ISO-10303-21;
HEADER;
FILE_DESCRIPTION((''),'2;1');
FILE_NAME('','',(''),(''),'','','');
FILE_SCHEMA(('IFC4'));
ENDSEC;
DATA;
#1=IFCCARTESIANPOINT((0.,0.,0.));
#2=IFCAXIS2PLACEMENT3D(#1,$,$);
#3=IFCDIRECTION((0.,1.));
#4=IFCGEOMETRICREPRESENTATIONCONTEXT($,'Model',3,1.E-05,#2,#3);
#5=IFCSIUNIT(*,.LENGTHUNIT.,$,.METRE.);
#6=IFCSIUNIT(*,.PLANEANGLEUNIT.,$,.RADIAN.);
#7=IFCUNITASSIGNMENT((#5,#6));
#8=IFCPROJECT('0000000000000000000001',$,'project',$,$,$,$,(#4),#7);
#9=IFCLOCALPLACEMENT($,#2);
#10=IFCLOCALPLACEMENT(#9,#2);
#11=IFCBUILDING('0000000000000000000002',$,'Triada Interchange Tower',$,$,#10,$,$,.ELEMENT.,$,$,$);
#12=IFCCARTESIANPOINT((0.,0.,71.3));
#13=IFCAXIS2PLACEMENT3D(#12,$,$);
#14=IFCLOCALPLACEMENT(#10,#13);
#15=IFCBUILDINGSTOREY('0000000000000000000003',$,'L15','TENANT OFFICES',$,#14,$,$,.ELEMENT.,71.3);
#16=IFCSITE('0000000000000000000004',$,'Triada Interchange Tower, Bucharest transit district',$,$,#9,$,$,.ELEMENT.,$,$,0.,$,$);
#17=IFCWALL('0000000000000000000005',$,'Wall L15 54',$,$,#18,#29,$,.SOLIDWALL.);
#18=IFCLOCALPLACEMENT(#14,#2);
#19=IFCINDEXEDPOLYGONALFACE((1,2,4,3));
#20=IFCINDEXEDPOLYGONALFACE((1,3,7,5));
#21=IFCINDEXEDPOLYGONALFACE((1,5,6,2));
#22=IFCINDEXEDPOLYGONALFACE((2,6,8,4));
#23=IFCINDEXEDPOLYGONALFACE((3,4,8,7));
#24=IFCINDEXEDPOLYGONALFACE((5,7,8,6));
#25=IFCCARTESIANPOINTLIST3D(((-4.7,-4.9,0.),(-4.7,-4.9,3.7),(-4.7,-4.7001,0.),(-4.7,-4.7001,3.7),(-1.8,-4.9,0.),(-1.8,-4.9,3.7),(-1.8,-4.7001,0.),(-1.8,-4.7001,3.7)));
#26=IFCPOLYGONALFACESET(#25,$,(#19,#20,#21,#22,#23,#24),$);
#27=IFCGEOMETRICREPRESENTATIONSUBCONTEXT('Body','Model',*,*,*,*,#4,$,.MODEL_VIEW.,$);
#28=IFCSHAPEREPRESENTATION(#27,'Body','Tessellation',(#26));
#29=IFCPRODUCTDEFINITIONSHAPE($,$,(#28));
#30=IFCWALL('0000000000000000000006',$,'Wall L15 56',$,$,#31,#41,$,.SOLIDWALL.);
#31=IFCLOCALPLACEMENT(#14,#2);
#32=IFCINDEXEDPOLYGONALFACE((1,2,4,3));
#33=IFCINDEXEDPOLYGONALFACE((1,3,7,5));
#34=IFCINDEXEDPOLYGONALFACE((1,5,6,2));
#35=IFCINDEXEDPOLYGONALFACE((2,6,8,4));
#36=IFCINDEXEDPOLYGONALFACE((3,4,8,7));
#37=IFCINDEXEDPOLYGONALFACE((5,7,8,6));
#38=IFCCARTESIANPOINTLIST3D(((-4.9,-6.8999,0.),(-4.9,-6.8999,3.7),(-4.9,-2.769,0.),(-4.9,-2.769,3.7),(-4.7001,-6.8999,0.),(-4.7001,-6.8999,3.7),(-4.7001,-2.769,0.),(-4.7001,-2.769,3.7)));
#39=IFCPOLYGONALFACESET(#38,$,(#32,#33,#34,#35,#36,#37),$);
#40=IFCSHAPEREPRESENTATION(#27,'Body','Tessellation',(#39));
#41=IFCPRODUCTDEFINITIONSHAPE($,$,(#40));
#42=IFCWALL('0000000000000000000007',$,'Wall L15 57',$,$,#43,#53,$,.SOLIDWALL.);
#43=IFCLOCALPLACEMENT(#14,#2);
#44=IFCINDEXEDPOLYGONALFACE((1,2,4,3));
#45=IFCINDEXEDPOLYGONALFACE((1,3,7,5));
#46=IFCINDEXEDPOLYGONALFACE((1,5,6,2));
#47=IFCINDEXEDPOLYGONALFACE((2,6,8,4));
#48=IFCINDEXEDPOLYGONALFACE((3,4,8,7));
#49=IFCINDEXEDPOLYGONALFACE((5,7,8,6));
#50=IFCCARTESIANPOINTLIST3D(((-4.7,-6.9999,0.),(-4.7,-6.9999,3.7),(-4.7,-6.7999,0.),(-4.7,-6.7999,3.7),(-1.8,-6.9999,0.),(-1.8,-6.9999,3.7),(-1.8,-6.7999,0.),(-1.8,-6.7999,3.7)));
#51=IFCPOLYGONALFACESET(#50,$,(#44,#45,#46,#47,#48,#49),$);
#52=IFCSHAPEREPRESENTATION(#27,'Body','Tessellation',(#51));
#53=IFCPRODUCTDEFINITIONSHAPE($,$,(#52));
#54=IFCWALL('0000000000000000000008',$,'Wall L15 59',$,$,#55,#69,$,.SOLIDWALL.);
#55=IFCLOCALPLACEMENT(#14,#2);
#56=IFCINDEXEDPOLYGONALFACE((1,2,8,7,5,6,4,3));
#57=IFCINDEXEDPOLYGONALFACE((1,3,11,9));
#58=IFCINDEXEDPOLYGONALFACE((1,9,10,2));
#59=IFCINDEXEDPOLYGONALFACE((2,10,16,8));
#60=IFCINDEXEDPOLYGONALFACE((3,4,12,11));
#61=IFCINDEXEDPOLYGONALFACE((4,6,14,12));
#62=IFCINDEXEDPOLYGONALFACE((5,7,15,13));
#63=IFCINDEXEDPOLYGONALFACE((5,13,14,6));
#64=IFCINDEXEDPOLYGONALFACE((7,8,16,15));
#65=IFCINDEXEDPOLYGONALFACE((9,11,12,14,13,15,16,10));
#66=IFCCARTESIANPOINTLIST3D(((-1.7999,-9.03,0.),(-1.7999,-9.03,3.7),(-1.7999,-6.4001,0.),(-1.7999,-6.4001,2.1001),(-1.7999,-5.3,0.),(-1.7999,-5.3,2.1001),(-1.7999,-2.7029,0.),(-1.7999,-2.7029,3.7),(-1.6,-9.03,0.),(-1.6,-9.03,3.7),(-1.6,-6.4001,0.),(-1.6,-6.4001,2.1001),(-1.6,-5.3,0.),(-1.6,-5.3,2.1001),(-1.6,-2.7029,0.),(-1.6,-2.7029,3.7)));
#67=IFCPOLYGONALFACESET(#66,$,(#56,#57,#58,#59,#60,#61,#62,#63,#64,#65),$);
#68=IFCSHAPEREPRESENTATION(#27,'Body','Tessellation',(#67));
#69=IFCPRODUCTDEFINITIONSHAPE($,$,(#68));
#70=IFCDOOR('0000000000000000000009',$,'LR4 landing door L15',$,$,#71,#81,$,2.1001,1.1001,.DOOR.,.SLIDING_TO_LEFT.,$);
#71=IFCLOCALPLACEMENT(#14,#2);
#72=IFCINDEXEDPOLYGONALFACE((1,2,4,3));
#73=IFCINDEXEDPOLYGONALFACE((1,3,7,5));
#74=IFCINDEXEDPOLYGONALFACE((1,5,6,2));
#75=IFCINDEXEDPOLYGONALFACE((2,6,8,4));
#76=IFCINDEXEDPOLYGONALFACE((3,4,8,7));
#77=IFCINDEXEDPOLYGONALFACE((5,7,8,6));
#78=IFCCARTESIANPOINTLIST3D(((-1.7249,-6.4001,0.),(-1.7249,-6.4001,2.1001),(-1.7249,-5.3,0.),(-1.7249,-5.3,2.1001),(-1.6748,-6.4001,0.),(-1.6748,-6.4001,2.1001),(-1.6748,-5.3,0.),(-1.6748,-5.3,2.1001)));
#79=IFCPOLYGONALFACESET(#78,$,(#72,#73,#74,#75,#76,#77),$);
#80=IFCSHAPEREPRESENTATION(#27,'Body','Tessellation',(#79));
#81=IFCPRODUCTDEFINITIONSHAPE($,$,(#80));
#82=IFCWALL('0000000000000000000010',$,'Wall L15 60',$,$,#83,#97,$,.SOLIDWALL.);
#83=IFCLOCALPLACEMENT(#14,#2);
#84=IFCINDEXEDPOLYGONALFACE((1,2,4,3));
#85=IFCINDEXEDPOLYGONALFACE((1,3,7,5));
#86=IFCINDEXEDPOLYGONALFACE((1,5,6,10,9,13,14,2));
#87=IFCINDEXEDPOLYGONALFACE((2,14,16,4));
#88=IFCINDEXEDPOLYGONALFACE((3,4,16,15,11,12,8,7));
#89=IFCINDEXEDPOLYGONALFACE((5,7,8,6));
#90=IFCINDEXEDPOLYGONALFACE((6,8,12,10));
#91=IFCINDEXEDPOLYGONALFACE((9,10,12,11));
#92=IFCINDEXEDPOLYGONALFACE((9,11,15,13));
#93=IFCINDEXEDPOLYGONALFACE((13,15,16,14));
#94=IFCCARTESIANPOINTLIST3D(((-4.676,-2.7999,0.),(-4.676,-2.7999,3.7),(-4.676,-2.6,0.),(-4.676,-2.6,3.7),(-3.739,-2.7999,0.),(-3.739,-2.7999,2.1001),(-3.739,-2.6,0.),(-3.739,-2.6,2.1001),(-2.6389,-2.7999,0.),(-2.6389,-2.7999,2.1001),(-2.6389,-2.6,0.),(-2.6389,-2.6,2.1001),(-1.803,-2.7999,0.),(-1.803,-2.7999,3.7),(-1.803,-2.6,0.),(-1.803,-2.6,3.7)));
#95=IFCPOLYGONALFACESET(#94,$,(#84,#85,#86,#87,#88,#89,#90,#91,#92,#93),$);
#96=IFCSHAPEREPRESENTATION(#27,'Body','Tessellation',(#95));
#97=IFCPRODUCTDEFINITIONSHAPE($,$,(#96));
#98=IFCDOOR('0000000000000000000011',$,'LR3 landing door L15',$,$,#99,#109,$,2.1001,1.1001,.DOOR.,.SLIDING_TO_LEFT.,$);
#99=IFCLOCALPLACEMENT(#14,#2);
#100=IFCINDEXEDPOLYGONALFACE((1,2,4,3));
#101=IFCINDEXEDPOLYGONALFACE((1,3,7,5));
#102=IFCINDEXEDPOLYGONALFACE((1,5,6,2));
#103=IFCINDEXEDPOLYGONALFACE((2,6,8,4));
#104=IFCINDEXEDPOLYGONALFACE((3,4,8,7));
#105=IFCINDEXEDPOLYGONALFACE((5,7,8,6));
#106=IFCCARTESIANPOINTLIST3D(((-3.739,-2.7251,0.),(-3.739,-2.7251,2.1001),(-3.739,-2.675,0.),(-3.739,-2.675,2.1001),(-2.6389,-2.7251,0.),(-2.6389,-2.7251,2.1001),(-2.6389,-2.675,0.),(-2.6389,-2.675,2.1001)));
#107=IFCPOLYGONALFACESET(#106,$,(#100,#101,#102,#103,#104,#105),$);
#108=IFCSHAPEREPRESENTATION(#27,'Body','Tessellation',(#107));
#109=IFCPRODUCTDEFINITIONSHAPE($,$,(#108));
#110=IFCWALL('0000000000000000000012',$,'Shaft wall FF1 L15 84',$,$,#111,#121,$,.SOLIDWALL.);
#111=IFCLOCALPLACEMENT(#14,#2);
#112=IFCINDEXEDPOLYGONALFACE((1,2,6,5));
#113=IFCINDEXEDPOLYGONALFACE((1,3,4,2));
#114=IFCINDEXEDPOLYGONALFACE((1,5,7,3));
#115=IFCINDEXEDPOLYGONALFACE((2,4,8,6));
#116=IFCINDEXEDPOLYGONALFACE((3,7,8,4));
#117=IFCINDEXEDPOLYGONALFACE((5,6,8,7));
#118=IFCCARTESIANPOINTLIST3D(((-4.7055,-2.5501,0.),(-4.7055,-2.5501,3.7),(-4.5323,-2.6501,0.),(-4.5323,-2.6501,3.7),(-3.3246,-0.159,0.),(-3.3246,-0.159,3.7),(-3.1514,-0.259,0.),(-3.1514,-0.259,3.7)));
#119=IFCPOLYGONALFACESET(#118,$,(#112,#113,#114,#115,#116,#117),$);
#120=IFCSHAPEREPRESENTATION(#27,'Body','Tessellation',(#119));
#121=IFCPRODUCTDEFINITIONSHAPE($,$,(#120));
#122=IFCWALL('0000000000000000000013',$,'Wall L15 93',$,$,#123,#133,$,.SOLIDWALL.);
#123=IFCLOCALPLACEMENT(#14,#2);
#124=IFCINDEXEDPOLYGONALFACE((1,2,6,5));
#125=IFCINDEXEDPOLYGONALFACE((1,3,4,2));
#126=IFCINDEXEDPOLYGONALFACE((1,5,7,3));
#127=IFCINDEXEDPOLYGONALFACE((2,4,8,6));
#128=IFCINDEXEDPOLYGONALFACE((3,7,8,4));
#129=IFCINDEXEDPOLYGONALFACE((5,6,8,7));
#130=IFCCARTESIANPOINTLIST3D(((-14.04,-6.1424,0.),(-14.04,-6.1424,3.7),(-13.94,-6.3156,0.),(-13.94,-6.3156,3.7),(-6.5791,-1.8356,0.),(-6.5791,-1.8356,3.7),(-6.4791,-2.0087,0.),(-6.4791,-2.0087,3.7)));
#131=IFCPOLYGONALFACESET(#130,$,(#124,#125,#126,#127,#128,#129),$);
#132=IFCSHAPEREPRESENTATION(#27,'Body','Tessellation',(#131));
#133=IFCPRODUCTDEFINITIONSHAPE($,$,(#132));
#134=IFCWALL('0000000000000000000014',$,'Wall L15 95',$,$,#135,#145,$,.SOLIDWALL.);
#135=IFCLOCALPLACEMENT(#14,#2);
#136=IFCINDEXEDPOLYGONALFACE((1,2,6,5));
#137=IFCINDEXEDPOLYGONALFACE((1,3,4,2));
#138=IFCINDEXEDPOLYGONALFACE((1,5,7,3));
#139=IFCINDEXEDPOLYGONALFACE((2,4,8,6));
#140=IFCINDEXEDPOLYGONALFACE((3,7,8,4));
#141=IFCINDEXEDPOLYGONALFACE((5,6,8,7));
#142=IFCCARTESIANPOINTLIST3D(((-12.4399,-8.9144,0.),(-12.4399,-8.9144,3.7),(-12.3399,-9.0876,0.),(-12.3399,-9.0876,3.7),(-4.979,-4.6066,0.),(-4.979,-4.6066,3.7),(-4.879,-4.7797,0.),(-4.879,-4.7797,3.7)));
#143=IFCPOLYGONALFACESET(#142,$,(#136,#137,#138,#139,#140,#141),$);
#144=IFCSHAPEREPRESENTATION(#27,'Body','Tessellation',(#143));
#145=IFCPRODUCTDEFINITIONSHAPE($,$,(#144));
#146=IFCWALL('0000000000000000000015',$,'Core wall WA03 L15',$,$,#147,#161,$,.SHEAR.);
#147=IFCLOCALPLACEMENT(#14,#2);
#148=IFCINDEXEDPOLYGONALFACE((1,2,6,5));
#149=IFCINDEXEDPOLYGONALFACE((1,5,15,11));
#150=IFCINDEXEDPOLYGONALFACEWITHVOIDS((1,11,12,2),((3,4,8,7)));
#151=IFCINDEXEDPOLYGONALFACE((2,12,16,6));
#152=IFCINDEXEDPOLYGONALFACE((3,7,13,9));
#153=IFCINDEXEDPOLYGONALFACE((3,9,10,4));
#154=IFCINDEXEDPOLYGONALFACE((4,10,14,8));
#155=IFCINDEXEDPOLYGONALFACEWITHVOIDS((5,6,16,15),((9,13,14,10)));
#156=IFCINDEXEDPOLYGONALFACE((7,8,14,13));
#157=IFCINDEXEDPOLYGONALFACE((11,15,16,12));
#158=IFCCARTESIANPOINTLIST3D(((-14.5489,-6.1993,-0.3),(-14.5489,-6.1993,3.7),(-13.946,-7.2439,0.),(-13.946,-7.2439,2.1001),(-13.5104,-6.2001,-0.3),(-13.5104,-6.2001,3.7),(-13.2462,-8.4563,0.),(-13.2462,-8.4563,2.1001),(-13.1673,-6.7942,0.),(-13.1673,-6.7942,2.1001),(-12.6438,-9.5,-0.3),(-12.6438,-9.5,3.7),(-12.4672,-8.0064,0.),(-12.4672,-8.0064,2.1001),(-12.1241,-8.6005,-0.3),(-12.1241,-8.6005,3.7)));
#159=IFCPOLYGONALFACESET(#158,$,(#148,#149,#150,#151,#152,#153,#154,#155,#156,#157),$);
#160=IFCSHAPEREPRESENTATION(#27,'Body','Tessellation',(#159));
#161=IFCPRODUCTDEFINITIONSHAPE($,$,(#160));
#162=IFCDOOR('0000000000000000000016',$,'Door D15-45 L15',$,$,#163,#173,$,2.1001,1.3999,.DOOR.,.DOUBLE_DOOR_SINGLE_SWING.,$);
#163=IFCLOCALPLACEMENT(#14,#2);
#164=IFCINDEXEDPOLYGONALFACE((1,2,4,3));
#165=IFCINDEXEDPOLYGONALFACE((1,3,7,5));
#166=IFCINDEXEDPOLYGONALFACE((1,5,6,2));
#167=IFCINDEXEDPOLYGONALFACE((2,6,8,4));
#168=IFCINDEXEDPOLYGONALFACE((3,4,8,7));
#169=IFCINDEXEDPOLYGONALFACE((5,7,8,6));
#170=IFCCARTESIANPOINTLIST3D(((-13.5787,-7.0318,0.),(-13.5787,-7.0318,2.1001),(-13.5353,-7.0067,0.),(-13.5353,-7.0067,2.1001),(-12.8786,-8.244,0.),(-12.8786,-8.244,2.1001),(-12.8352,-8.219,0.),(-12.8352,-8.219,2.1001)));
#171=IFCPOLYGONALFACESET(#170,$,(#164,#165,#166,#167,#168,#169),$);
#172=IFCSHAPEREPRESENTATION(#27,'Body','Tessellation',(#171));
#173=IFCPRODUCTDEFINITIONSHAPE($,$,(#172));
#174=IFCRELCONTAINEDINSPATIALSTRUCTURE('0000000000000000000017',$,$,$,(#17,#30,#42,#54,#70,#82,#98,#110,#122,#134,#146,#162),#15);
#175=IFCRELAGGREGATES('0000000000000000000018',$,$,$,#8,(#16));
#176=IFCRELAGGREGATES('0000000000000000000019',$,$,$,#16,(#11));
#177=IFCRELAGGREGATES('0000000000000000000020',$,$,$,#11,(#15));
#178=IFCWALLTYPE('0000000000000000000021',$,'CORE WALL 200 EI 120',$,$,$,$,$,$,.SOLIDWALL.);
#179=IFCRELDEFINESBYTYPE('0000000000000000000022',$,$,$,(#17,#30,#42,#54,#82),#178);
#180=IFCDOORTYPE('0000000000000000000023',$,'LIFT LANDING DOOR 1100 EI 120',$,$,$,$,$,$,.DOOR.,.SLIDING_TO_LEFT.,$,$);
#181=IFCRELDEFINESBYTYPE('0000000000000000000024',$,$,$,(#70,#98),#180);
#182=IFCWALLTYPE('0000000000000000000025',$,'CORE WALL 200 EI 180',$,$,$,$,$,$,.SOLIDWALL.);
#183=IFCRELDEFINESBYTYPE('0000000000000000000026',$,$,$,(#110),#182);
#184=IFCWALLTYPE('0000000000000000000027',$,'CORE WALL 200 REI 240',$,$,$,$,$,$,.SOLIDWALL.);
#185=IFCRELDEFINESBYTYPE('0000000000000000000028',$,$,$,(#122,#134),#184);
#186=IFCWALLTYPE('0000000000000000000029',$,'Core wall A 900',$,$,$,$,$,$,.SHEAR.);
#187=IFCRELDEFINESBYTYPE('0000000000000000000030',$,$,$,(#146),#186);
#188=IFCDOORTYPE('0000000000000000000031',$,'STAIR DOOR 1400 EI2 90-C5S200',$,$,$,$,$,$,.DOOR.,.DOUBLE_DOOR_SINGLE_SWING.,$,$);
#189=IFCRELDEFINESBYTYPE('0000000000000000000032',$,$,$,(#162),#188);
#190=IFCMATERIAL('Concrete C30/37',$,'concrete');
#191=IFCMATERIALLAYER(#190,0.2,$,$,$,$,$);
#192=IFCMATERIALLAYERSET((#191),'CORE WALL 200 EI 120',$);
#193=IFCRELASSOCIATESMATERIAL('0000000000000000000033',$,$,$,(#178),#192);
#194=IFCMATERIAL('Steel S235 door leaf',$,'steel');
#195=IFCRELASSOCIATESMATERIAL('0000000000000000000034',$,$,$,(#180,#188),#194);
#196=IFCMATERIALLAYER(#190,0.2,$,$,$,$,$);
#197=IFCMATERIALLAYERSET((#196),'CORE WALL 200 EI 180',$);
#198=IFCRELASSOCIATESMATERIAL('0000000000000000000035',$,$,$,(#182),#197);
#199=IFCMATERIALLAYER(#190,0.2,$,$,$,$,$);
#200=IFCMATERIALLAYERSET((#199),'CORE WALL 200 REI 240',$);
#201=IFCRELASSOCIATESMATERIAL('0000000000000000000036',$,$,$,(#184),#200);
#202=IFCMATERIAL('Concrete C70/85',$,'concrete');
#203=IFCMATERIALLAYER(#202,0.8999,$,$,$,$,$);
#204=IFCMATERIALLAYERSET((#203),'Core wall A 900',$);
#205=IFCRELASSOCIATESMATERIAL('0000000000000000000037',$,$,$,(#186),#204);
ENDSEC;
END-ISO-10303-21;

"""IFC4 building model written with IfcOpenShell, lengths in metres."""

from ifc_helpers import new_model, si_unit, direction, frame, frame_2d, origin, place, context, subcontext, project, spatial, polyline, rectangle, outline, extrude, material, layer, layer_set, type_object, element, fill, save


model = new_model("IFC4")

# Units and contexts
model_context = context("Model", 3, precision=1e-05, world=origin(), true_north=direction((0.0, 1.0)))
body_context = subcontext(model_context, "Body", "Model", "MODEL_VIEW")
ifc_project = project(units=[si_unit("LENGTHUNIT", "METRE"), si_unit("PLANEANGLEUNIT", "RADIAN")], contexts=[model_context])

# Site, building, storey
site_placement = place(None, origin())
site = spatial("IfcSite", under=ifc_project, at=site_placement, Name="Triada Interchange Tower, Bucharest transit district", CompositionType="ELEMENT", RefElevation=0.0)
building_placement = place(site_placement, origin())
building = spatial("IfcBuilding", under=site, at=building_placement, Name="Triada Interchange Tower", CompositionType="ELEMENT")
storey_placement = place(building_placement, frame((0.0, 0.0, 71.3)))
storey = spatial("IfcBuildingStorey", under=building, at=storey_placement, Name="L15", Description="TENANT OFFICES", CompositionType="ELEMENT", Elevation=71.3)

# Walls
ifc_material_1 = material(Name="Concrete C30/37", Category="concrete")
ifc_layer_1 = layer(ifc_material_1, 0.2)
ifc_layer_set_1 = layer_set([ifc_layer_1], Name="CORE WALL 200 EI 120")
wall_type_1 = type_object("IfcWallType", Name="CORE WALL 200 EI 120", PredefinedType="SOLIDWALL", material=ifc_layer_set_1)
wall_1_placement = place(storey_placement, frame((-4.7, -4.8, 0.0), z_axis=(0.0, 0.0, 1.0), x_axis=(1.0, 0.0, 0.0)))
element("IfcWall", 1, at=wall_1_placement, inside=storey, type_object=wall_type_1, Name="Wall L15 54", PredefinedType="SOLIDWALL", context=body_context, shape_type="SweptSolid", body=[
    extrude(rectangle(XDim=2.8999, YDim=0.2, at=frame_2d((1.45, 0.0))), origin(), (0.0, 0.0, 1.0), 3.7),
])
wall_2_placement = place(storey_placement, frame((-4.8, -6.8999, 0.0), z_axis=(0.0, 0.0, 1.0), x_axis=(0.0, 1.0, 0.0)))
element("IfcWall", 2, at=wall_2_placement, inside=storey, type_object=wall_type_1, Name="Wall L15 56", PredefinedType="SOLIDWALL", context=body_context, shape_type="SweptSolid", body=[
    extrude(rectangle(XDim=4.1309, YDim=0.2, at=frame_2d((2.0654, 0.0))), origin(), (0.0, 0.0, 1.0), 3.7),
])
wall_3_placement = place(storey_placement, frame((-4.7, -6.8999, 0.0), z_axis=(0.0, 0.0, 1.0), x_axis=(1.0, 0.0, 0.0)))
element("IfcWall", 3, at=wall_3_placement, inside=storey, type_object=wall_type_1, Name="Wall L15 57", PredefinedType="SOLIDWALL", context=body_context, shape_type="SweptSolid", body=[
    extrude(rectangle(XDim=2.8999, YDim=0.2, at=frame_2d((1.45, 0.0))), origin(), (0.0, 0.0, 1.0), 3.7),
])

# Walls, openings, doors
wall_4_placement = place(storey_placement, frame((-1.7, -9.03, 0.0), z_axis=(0.0, 0.0, 1.0), x_axis=(0.0, 1.0, 0.0)))
wall_4 = element("IfcWall", 4, at=wall_4_placement, inside=storey, type_object=wall_type_1, Name="Wall L15 59", PredefinedType="SOLIDWALL", context=body_context, shape_type="SweptSolid", body=[
    extrude(rectangle(XDim=6.3271, YDim=0.2, at=frame_2d((3.1636, 0.0))), origin(), (0.0, 0.0, 1.0), 3.7),
])
opening_1_placement = place(wall_4_placement, frame((2.6299, 0.0, 0.0)))
opening_1 = element("IfcOpeningElement", 5, at=opening_1_placement, cuts=wall_4, PredefinedType="OPENING", context=body_context, shape_type="SweptSolid", body=[
    extrude(rectangle(XDim=1.1001, YDim=2.1001, at=frame_2d((0.55, 1.05))), frame((0.0, 0.1099, 0.0), z_axis=(0.0, -1.0, 0.0), x_axis=(1.0, 0.0, 0.0)), (0.0, 0.0, 1.0), 0.22),
])
ifc_material_2 = material(Name="Steel S235 door leaf", Category="steel")
door_type_1 = type_object("IfcDoorType", Name="LIFT LANDING DOOR 1100 EI 120", OperationType="SLIDING_TO_LEFT", PredefinedType="DOOR", material=ifc_material_2)
door_1_placement = place(opening_1_placement, origin())
door_1 = element("IfcDoor", 6, at=door_1_placement, inside=storey, type_object=door_type_1, Name="LR4 landing door L15", OperationType="SLIDING_TO_LEFT", OverallHeight=2.1001, OverallWidth=1.1001, PredefinedType="DOOR", context=body_context, shape_type="SweptSolid", body=[
    extrude(rectangle(XDim=1.1001, YDim=2.1001, at=frame_2d((0.55, 1.05))), frame((0.0, 0.0249, 0.0), z_axis=(0.0, -1.0, 0.0), x_axis=(1.0, 0.0, 0.0)), (0.0, 0.0, 1.0), 0.05),
])
fill(opening_1, door_1)
wall_5_placement = place(storey_placement, frame((-4.676, -2.7, 0.0), z_axis=(0.0, 0.0, 1.0), x_axis=(1.0, 0.0, 0.0)))
wall_5 = element("IfcWall", 7, at=wall_5_placement, inside=storey, type_object=wall_type_1, Name="Wall L15 60", PredefinedType="SOLIDWALL", context=body_context, shape_type="SweptSolid", body=[
    extrude(rectangle(XDim=2.873, YDim=0.2, at=frame_2d((1.4365, 0.0))), origin(), (0.0, 0.0, 1.0), 3.7),
])
opening_2_placement = place(wall_5_placement, frame((0.937, 0.0, 0.0)))
opening_2 = element("IfcOpeningElement", 8, at=opening_2_placement, cuts=wall_5, PredefinedType="OPENING", context=body_context, shape_type="SweptSolid", body=[
    extrude(rectangle(XDim=1.1001, YDim=2.1001, at=frame_2d((0.55, 1.05))), frame((0.0, 0.1099, 0.0), z_axis=(0.0, -1.0, 0.0), x_axis=(1.0, 0.0, 0.0)), (0.0, 0.0, 1.0), 0.22),
])
door_2_placement = place(opening_2_placement, origin())
door_2 = element("IfcDoor", 9, at=door_2_placement, inside=storey, type_object=door_type_1, Name="LR3 landing door L15", OperationType="SLIDING_TO_LEFT", OverallHeight=2.1001, OverallWidth=1.1001, PredefinedType="DOOR", context=body_context, shape_type="SweptSolid", body=[
    extrude(rectangle(XDim=1.1001, YDim=2.1001, at=frame_2d((0.55, 1.05))), frame((0.0, 0.0249, 0.0), z_axis=(0.0, -1.0, 0.0), x_axis=(1.0, 0.0, 0.0)), (0.0, 0.0, 1.0), 0.05),
])
fill(opening_2, door_2)

# Walls
ifc_layer_2 = layer(ifc_material_1, 0.2)
ifc_layer_set_2 = layer_set([ifc_layer_2], Name="CORE WALL 200 EI 180")
wall_type_2 = type_object("IfcWallType", Name="CORE WALL 200 EI 180", PredefinedType="SOLIDWALL", material=ifc_layer_set_2)
wall_6_placement = place(storey_placement, frame((-4.6189, -2.6001, 0.0), z_axis=(0.0, 0.0, 1.0), x_axis=(0.500095, 0.865971, 0.0)))
element("IfcWall", 10, at=wall_6_placement, inside=storey, type_object=wall_type_2, Name="Shaft wall FF1 L15 84", PredefinedType="SOLIDWALL", context=body_context, shape_type="SweptSolid", body=[
    extrude(rectangle(XDim=2.7612, YDim=0.2, at=frame_2d((1.3806, 0.0))), origin(), (0.0, 0.0, 1.0), 3.7),
])
ifc_layer_3 = layer(ifc_material_1, 0.2)
ifc_layer_set_3 = layer_set([ifc_layer_3], Name="CORE WALL 200 REI 240")
wall_type_3 = type_object("IfcWallType", Name="CORE WALL 200 REI 240", PredefinedType="SOLIDWALL", material=ifc_layer_set_3)
wall_7_placement = place(storey_placement, frame((-13.99, -6.229, 0.0), z_axis=(0.0, 0.0, 1.0), x_axis=(0.86606, 0.49994, 0.0)))
element("IfcWall", 11, at=wall_7_placement, inside=storey, type_object=wall_type_3, Name="Wall L15 93", PredefinedType="SOLIDWALL", context=body_context, shape_type="SweptSolid", body=[
    extrude(rectangle(XDim=8.6147, YDim=0.2, at=frame_2d((4.3074, 0.0))), origin(), (0.0, 0.0, 1.0), 3.7),
])
wall_8_placement = place(storey_placement, frame((-12.3899, -9.001, 0.0), z_axis=(0.0, 0.0, 1.0), x_axis=(0.866011, 0.500025, 0.0)))
element("IfcWall", 12, at=wall_8_placement, inside=storey, type_object=wall_type_3, Name="Wall L15 95", PredefinedType="SOLIDWALL", context=body_context, shape_type="SweptSolid", body=[
    extrude(rectangle(XDim=8.6152, YDim=0.2, at=frame_2d((4.3076, 0.0))), origin(), (0.0, 0.0, 1.0), 3.7),
])

# Wall, opening, door
ifc_material_3 = material(Name="Concrete C70/85", Category="concrete")
ifc_layer_4 = layer(ifc_material_3, 0.8999)
ifc_layer_set_4 = layer_set([ifc_layer_4], Name="Core wall A 900")
wall_type_4 = type_object("IfcWallType", Name="Core wall A 900", PredefinedType="SHEAR", material=ifc_layer_set_4)
wall_9_placement = place(storey_placement, frame((-14.03, -6.2, -0.3), z_axis=(0.0, 0.0, 1.0), x_axis=(0.500112, -0.865961, 0.0)))
wall_9 = element("IfcWall", 13, at=wall_9_placement, inside=storey, type_object=wall_type_4, Name="Core wall WA03 L15", PredefinedType="SHEAR", context=body_context, shape_type="SweptSolid", body=[
    extrude(outline(polyline([(-0.26, -0.449), (1.6455, -0.4495), (3.551, -0.45), (3.032, 0.45), (1.646, 0.45), (0.26, 0.45), (-0.26, -0.449)])), origin(), (0.0, 0.0, 1.0), 4.0),
])
opening_3_placement = place(wall_9_placement, frame((0.946, 0.0, 0.3)))
opening_3 = element("IfcOpeningElement", 14, at=opening_3_placement, cuts=wall_9, PredefinedType="OPENING", context=body_context, shape_type="SweptSolid", body=[
    extrude(rectangle(XDim=1.3999, YDim=2.1001, at=frame_2d((0.7, 1.05))), frame((0.0, 0.46, 0.0), z_axis=(0.0, -1.0, 0.0), x_axis=(1.0, 0.0, 0.0)), (0.0, 0.0, 1.0), 0.9199),
])
door_type_2 = type_object("IfcDoorType", Name="STAIR DOOR 1400 EI2 90-C5S200", OperationType="DOUBLE_DOOR_SINGLE_SWING", PredefinedType="DOOR", material=ifc_material_2)
door_3_placement = place(opening_3_placement, origin())
door_3 = element("IfcDoor", 15, at=door_3_placement, inside=storey, type_object=door_type_2, Name="Door D15-45 L15", OperationType="DOUBLE_DOOR_SINGLE_SWING", OverallHeight=2.1001, OverallWidth=1.3999, PredefinedType="DOOR", context=body_context, shape_type="SweptSolid", body=[
    extrude(rectangle(XDim=1.3999, YDim=2.1001, at=frame_2d((0.7, 1.05))), frame((0.0, 0.0249, 0.0), z_axis=(0.0, -1.0, 0.0), x_axis=(1.0, 0.0, 0.0)), (0.0, 0.0, 1.0), 0.05),
])
fill(opening_3, door_3)

save(model, "model.ifc")
